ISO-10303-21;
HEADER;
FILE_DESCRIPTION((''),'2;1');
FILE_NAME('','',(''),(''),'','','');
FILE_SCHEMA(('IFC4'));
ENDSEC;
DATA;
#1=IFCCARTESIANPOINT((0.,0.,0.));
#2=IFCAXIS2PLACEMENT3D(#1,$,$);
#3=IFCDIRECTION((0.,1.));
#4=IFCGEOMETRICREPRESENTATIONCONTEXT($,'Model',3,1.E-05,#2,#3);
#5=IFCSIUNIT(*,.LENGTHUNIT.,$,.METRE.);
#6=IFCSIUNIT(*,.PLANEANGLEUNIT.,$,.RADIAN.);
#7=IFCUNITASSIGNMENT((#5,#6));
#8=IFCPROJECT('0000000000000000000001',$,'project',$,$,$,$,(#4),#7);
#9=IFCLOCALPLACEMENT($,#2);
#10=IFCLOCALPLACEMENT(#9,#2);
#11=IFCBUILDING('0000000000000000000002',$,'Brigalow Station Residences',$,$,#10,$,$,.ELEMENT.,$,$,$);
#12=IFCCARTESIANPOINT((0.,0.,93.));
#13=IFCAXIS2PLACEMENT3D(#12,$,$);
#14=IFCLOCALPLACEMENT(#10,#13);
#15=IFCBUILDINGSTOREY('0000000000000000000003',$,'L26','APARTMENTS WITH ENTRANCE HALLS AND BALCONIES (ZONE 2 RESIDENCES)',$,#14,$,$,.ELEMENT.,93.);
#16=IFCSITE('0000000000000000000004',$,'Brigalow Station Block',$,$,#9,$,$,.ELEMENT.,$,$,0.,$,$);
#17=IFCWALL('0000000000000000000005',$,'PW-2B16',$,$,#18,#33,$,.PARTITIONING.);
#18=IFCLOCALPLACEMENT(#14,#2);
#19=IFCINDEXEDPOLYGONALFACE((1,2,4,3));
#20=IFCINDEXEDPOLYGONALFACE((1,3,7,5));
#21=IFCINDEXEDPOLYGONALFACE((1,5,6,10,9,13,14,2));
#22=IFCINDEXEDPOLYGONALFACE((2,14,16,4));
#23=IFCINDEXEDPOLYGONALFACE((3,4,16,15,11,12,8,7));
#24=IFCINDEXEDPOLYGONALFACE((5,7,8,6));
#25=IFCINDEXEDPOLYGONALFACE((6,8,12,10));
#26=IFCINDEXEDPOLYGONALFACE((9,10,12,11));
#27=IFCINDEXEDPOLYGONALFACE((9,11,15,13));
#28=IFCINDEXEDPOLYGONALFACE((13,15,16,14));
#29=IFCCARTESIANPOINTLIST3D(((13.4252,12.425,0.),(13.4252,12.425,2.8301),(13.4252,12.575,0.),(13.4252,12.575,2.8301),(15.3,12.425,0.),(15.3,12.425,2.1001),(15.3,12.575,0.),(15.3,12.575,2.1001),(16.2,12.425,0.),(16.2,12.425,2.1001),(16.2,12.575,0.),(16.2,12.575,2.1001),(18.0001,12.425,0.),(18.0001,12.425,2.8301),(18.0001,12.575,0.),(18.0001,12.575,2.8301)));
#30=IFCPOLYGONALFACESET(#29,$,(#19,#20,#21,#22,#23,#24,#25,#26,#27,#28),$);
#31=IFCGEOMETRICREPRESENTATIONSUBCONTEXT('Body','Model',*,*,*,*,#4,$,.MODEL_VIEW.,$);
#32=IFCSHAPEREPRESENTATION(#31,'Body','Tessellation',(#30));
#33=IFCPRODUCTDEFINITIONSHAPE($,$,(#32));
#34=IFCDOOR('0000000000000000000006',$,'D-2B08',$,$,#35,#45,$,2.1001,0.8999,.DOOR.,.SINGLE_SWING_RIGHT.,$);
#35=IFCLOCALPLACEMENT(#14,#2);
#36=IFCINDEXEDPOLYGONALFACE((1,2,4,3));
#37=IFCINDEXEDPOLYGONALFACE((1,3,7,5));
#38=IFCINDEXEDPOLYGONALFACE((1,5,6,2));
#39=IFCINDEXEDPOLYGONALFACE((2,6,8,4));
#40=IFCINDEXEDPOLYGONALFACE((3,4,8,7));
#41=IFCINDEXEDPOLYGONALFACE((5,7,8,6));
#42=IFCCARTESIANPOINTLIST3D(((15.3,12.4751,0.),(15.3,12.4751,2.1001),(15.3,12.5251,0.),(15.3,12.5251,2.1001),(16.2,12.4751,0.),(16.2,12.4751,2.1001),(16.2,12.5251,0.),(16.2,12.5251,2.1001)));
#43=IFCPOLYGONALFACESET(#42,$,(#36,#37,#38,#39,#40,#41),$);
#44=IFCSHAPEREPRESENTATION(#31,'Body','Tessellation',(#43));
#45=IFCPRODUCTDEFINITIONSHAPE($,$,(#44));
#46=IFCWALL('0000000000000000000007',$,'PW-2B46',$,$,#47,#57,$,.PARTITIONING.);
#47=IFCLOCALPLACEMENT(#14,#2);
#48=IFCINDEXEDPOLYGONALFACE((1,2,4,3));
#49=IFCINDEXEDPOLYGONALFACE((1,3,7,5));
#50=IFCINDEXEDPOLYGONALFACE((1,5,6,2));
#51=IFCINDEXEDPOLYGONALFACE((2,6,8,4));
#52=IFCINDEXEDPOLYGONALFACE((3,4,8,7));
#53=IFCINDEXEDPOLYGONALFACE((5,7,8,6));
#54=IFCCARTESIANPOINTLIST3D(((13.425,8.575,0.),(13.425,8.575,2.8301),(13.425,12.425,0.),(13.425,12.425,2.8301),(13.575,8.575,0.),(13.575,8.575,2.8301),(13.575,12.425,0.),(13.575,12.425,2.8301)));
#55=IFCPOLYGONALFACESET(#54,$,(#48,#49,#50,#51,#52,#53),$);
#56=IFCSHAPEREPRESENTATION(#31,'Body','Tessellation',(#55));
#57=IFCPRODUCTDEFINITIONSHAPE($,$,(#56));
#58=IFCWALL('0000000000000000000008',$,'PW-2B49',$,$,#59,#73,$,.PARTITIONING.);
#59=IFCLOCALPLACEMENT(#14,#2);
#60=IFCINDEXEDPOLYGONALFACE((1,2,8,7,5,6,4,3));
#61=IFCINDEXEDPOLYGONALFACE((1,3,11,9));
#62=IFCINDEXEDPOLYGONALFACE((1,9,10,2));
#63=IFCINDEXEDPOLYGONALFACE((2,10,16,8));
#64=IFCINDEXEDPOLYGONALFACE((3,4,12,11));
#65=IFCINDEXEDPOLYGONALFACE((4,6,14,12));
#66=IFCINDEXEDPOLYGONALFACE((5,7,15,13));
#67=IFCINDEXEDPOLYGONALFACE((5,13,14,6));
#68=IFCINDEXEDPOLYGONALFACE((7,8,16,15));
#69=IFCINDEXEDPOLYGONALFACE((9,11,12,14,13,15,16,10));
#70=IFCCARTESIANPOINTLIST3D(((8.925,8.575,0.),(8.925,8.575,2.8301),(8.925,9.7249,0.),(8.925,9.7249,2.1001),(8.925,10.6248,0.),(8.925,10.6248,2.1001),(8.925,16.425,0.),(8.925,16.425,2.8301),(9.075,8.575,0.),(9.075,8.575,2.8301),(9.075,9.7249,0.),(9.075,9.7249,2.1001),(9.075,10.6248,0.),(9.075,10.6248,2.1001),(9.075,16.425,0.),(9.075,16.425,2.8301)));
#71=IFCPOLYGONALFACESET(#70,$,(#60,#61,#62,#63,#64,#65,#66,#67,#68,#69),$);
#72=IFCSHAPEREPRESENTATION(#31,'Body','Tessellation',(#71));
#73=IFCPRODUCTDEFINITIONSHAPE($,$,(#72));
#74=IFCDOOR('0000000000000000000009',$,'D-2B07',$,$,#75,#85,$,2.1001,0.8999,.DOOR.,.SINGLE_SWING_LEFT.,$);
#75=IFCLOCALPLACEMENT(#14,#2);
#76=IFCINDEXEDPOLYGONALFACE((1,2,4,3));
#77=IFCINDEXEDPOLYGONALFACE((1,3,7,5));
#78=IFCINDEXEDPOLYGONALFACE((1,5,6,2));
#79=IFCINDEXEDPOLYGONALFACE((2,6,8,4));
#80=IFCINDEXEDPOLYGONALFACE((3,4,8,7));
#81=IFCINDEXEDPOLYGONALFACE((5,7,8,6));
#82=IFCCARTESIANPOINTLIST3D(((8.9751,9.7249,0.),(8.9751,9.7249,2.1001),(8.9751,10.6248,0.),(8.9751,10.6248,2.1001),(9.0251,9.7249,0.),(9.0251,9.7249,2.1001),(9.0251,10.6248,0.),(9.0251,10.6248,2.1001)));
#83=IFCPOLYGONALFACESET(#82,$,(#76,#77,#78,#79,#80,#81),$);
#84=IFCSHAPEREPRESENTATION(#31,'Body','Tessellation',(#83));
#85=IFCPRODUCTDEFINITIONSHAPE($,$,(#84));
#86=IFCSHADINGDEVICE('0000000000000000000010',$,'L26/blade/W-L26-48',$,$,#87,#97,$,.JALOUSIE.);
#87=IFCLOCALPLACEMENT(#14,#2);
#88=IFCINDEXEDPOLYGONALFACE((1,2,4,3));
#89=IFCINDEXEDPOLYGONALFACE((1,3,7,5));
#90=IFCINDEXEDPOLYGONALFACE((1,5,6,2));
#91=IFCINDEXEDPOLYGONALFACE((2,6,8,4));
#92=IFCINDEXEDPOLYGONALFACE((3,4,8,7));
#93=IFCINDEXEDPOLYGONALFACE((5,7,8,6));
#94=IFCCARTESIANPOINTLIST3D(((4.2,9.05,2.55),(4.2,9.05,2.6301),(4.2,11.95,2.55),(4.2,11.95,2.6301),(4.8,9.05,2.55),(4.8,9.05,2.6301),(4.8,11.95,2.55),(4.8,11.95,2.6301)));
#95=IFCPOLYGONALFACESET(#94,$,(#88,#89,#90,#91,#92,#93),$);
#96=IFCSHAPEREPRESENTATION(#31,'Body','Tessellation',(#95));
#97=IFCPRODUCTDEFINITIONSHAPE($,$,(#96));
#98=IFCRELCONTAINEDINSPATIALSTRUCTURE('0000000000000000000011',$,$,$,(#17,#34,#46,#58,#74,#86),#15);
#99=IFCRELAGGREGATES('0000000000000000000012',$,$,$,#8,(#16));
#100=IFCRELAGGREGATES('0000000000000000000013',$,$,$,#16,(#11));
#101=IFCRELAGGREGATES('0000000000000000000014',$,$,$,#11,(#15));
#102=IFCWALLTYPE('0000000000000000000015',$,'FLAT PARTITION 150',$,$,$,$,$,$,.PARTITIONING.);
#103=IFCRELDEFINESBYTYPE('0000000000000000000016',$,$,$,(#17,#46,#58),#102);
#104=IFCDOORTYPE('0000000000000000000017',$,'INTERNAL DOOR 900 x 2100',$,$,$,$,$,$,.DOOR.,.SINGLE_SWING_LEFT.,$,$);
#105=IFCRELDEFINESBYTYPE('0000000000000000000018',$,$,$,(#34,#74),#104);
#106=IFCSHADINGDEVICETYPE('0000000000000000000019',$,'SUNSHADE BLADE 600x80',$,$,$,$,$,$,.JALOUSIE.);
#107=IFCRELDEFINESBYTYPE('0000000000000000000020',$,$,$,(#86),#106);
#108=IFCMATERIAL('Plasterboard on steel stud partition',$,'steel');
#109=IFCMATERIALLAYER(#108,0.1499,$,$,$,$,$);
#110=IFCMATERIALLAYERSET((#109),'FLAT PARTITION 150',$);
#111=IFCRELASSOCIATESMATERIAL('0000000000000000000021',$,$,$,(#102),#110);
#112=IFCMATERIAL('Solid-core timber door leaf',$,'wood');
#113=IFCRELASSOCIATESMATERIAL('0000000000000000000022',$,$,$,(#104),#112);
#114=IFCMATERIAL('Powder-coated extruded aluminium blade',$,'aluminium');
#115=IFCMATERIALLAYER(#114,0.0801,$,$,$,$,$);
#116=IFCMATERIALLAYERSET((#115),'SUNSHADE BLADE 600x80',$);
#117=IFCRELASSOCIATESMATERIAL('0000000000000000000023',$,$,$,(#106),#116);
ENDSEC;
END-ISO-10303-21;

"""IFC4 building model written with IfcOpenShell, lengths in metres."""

from ifc_helpers import new_model, si_unit, direction, frame, frame_2d, origin, origin_2d, place, context, subcontext, project, spatial, rectangle, extrude, material, layer, layer_set, type_object, element, fill, save


model = new_model("IFC4")

# Units and contexts
model_context = context("Model", 3, precision=1e-05, world=origin(), true_north=direction((0.0, 1.0)))
body_context = subcontext(model_context, "Body", "Model", "MODEL_VIEW")
ifc_project = project(units=[si_unit("LENGTHUNIT", "METRE"), si_unit("PLANEANGLEUNIT", "RADIAN")], contexts=[model_context])

# Site, building, storey
site_placement = place(None, origin())
site = spatial("IfcSite", under=ifc_project, at=site_placement, Name="Brigalow Station Block", CompositionType="ELEMENT", RefElevation=0.0)
building_placement = place(site_placement, origin())
building = spatial("IfcBuilding", under=site, at=building_placement, Name="Brigalow Station Residences", CompositionType="ELEMENT")
storey_placement = place(building_placement, frame((0.0, 0.0, 93.0)))
storey = spatial("IfcBuildingStorey", under=building, at=storey_placement, Name="L26", Description="APARTMENTS WITH ENTRANCE HALLS AND BALCONIES (ZONE 2 RESIDENCES)", CompositionType="ELEMENT", Elevation=93.0)

# Wall, opening, door
ifc_material_1 = material(Name="Plasterboard on steel stud partition", Category="steel")
ifc_layer_1 = layer(ifc_material_1, 0.1499)
ifc_layer_set_1 = layer_set([ifc_layer_1], Name="FLAT PARTITION 150")
wall_type_1 = type_object("IfcWallType", Name="FLAT PARTITION 150", PredefinedType="PARTITIONING", material=ifc_layer_set_1)
ifc_material_2 = material(Name="Solid-core timber door leaf", Category="wood")
door_type = type_object("IfcDoorType", Name="INTERNAL DOOR 900 x 2100", OperationType="SINGLE_SWING_LEFT", PredefinedType="DOOR", material=ifc_material_2)
wall_1_placement = place(storey_placement, frame((13.425, 12.5, 0.0), z_axis=(0.0, 0.0, 1.0), x_axis=(1.0, 0.0, 0.0)))
wall_1 = element("IfcWall", 1, at=wall_1_placement, inside=storey, type_object=wall_type_1, Name="PW-2B16", PredefinedType="PARTITIONING", context=body_context, shape_type="SweptSolid", body=[
    extrude(rectangle(XDim=4.575, YDim=0.1499, at=frame_2d((2.2876, 0.0))), origin(), (0.0, 0.0, 1.0), 2.8301),
])
opening_1_placement = place(wall_1_placement, frame((1.875, 0.0, 0.0)))
opening_1 = element("IfcOpeningElement", 2, at=opening_1_placement, cuts=wall_1, PredefinedType="OPENING", context=body_context, shape_type="SweptSolid", body=[
    extrude(rectangle(XDim=0.8999, YDim=2.1001, at=frame_2d((0.45, 1.05))), frame((0.0, 0.085, 0.0), z_axis=(0.0, -1.0, 0.0), x_axis=(1.0, 0.0, 0.0)), (0.0, 0.0, 1.0), 0.1699),
])
door_1_placement = place(opening_1_placement, frame((0.8999, 0.0, 0.0), z_axis=(0.0, 0.0, 1.0), x_axis=(-1.0, 0.0, 0.0)))
door_1 = element("IfcDoor", 3, at=door_1_placement, inside=storey, type_object=door_type, Name="D-2B08", OperationType="SINGLE_SWING_RIGHT", OverallHeight=2.1001, OverallWidth=0.8999, PredefinedType="DOOR", context=body_context, shape_type="SweptSolid", body=[
    extrude(rectangle(XDim=0.8999, YDim=2.1001, at=frame_2d((0.45, 1.05))), frame((0.0, 0.0249, 0.0), z_axis=(0.0, -1.0, 0.0), x_axis=(1.0, 0.0, 0.0)), (0.0, 0.0, 1.0), 0.05),
])
fill(opening_1, door_1)

# Wall
wall_2_placement = place(storey_placement, frame((13.5, 8.575, 0.0), z_axis=(0.0, 0.0, 1.0), x_axis=(0.0, 1.0, 0.0)))
element("IfcWall", 4, at=wall_2_placement, inside=storey, type_object=wall_type_1, Name="PW-2B46", PredefinedType="PARTITIONING", context=body_context, shape_type="SweptSolid", body=[
    extrude(rectangle(XDim=3.8501, YDim=0.1499, at=frame_2d((1.925, 0.0))), origin(), (0.0, 0.0, 1.0), 2.8301),
])

# Wall, opening, door
wall_3_placement = place(storey_placement, frame((9.0, 8.575, 0.0), z_axis=(0.0, 0.0, 1.0), x_axis=(0.0, 1.0, 0.0)))
wall_3 = element("IfcWall", 5, at=wall_3_placement, inside=storey, type_object=wall_type_1, Name="PW-2B49", PredefinedType="PARTITIONING", context=body_context, shape_type="SweptSolid", body=[
    extrude(rectangle(XDim=7.8501, YDim=0.1499, at=frame_2d((3.925, 0.0))), origin(), (0.0, 0.0, 1.0), 2.8301),
])
opening_2_placement = place(wall_3_placement, frame((1.1499, 0.0, 0.0)))
opening_2 = element("IfcOpeningElement", 6, at=opening_2_placement, cuts=wall_3, PredefinedType="OPENING", context=body_context, shape_type="SweptSolid", body=[
    extrude(rectangle(XDim=0.8999, YDim=2.1001, at=frame_2d((0.45, 1.05))), frame((0.0, 0.085, 0.0), z_axis=(0.0, -1.0, 0.0), x_axis=(1.0, 0.0, 0.0)), (0.0, 0.0, 1.0), 0.1699),
])
door_2_placement = place(opening_2_placement, origin())
door_2 = element("IfcDoor", 7, at=door_2_placement, inside=storey, type_object=door_type, Name="D-2B07", OperationType="SINGLE_SWING_LEFT", OverallHeight=2.1001, OverallWidth=0.8999, PredefinedType="DOOR", context=body_context, shape_type="SweptSolid", body=[
    extrude(rectangle(XDim=0.8999, YDim=2.1001, at=frame_2d((0.45, 1.05))), frame((0.0, 0.0249, 0.0), z_axis=(0.0, -1.0, 0.0), x_axis=(1.0, 0.0, 0.0)), (0.0, 0.0, 1.0), 0.05),
])
fill(opening_2, door_2)

# Shading device
ifc_material_3 = material(Name="Powder-coated extruded aluminium blade", Category="aluminium")
ifc_layer_2 = layer(ifc_material_3, 0.0801)
ifc_layer_set_2 = layer_set([ifc_layer_2], Name="SUNSHADE BLADE 600x80")
shading_device_type = type_object("IfcShadingDeviceType", Name="SUNSHADE BLADE 600x80", PredefinedType="JALOUSIE", material=ifc_layer_set_2)
shading_device_placement = place(storey_placement, frame((4.5, 10.5, 2.55), z_axis=(0.0, 0.0, 1.0), x_axis=(0.0, -1.0, 0.0)))
element("IfcShadingDevice", 8, at=shading_device_placement, inside=storey, type_object=shading_device_type, Name="L26/blade/W-L26-48", PredefinedType="JALOUSIE", context=body_context, shape_type="SweptSolid", body=[
    extrude(rectangle(XDim=2.8999, YDim=0.6001, at=origin_2d()), origin(), (0.0, 0.0, 1.0), 0.0801),
])

save(model, "model.ifc")
